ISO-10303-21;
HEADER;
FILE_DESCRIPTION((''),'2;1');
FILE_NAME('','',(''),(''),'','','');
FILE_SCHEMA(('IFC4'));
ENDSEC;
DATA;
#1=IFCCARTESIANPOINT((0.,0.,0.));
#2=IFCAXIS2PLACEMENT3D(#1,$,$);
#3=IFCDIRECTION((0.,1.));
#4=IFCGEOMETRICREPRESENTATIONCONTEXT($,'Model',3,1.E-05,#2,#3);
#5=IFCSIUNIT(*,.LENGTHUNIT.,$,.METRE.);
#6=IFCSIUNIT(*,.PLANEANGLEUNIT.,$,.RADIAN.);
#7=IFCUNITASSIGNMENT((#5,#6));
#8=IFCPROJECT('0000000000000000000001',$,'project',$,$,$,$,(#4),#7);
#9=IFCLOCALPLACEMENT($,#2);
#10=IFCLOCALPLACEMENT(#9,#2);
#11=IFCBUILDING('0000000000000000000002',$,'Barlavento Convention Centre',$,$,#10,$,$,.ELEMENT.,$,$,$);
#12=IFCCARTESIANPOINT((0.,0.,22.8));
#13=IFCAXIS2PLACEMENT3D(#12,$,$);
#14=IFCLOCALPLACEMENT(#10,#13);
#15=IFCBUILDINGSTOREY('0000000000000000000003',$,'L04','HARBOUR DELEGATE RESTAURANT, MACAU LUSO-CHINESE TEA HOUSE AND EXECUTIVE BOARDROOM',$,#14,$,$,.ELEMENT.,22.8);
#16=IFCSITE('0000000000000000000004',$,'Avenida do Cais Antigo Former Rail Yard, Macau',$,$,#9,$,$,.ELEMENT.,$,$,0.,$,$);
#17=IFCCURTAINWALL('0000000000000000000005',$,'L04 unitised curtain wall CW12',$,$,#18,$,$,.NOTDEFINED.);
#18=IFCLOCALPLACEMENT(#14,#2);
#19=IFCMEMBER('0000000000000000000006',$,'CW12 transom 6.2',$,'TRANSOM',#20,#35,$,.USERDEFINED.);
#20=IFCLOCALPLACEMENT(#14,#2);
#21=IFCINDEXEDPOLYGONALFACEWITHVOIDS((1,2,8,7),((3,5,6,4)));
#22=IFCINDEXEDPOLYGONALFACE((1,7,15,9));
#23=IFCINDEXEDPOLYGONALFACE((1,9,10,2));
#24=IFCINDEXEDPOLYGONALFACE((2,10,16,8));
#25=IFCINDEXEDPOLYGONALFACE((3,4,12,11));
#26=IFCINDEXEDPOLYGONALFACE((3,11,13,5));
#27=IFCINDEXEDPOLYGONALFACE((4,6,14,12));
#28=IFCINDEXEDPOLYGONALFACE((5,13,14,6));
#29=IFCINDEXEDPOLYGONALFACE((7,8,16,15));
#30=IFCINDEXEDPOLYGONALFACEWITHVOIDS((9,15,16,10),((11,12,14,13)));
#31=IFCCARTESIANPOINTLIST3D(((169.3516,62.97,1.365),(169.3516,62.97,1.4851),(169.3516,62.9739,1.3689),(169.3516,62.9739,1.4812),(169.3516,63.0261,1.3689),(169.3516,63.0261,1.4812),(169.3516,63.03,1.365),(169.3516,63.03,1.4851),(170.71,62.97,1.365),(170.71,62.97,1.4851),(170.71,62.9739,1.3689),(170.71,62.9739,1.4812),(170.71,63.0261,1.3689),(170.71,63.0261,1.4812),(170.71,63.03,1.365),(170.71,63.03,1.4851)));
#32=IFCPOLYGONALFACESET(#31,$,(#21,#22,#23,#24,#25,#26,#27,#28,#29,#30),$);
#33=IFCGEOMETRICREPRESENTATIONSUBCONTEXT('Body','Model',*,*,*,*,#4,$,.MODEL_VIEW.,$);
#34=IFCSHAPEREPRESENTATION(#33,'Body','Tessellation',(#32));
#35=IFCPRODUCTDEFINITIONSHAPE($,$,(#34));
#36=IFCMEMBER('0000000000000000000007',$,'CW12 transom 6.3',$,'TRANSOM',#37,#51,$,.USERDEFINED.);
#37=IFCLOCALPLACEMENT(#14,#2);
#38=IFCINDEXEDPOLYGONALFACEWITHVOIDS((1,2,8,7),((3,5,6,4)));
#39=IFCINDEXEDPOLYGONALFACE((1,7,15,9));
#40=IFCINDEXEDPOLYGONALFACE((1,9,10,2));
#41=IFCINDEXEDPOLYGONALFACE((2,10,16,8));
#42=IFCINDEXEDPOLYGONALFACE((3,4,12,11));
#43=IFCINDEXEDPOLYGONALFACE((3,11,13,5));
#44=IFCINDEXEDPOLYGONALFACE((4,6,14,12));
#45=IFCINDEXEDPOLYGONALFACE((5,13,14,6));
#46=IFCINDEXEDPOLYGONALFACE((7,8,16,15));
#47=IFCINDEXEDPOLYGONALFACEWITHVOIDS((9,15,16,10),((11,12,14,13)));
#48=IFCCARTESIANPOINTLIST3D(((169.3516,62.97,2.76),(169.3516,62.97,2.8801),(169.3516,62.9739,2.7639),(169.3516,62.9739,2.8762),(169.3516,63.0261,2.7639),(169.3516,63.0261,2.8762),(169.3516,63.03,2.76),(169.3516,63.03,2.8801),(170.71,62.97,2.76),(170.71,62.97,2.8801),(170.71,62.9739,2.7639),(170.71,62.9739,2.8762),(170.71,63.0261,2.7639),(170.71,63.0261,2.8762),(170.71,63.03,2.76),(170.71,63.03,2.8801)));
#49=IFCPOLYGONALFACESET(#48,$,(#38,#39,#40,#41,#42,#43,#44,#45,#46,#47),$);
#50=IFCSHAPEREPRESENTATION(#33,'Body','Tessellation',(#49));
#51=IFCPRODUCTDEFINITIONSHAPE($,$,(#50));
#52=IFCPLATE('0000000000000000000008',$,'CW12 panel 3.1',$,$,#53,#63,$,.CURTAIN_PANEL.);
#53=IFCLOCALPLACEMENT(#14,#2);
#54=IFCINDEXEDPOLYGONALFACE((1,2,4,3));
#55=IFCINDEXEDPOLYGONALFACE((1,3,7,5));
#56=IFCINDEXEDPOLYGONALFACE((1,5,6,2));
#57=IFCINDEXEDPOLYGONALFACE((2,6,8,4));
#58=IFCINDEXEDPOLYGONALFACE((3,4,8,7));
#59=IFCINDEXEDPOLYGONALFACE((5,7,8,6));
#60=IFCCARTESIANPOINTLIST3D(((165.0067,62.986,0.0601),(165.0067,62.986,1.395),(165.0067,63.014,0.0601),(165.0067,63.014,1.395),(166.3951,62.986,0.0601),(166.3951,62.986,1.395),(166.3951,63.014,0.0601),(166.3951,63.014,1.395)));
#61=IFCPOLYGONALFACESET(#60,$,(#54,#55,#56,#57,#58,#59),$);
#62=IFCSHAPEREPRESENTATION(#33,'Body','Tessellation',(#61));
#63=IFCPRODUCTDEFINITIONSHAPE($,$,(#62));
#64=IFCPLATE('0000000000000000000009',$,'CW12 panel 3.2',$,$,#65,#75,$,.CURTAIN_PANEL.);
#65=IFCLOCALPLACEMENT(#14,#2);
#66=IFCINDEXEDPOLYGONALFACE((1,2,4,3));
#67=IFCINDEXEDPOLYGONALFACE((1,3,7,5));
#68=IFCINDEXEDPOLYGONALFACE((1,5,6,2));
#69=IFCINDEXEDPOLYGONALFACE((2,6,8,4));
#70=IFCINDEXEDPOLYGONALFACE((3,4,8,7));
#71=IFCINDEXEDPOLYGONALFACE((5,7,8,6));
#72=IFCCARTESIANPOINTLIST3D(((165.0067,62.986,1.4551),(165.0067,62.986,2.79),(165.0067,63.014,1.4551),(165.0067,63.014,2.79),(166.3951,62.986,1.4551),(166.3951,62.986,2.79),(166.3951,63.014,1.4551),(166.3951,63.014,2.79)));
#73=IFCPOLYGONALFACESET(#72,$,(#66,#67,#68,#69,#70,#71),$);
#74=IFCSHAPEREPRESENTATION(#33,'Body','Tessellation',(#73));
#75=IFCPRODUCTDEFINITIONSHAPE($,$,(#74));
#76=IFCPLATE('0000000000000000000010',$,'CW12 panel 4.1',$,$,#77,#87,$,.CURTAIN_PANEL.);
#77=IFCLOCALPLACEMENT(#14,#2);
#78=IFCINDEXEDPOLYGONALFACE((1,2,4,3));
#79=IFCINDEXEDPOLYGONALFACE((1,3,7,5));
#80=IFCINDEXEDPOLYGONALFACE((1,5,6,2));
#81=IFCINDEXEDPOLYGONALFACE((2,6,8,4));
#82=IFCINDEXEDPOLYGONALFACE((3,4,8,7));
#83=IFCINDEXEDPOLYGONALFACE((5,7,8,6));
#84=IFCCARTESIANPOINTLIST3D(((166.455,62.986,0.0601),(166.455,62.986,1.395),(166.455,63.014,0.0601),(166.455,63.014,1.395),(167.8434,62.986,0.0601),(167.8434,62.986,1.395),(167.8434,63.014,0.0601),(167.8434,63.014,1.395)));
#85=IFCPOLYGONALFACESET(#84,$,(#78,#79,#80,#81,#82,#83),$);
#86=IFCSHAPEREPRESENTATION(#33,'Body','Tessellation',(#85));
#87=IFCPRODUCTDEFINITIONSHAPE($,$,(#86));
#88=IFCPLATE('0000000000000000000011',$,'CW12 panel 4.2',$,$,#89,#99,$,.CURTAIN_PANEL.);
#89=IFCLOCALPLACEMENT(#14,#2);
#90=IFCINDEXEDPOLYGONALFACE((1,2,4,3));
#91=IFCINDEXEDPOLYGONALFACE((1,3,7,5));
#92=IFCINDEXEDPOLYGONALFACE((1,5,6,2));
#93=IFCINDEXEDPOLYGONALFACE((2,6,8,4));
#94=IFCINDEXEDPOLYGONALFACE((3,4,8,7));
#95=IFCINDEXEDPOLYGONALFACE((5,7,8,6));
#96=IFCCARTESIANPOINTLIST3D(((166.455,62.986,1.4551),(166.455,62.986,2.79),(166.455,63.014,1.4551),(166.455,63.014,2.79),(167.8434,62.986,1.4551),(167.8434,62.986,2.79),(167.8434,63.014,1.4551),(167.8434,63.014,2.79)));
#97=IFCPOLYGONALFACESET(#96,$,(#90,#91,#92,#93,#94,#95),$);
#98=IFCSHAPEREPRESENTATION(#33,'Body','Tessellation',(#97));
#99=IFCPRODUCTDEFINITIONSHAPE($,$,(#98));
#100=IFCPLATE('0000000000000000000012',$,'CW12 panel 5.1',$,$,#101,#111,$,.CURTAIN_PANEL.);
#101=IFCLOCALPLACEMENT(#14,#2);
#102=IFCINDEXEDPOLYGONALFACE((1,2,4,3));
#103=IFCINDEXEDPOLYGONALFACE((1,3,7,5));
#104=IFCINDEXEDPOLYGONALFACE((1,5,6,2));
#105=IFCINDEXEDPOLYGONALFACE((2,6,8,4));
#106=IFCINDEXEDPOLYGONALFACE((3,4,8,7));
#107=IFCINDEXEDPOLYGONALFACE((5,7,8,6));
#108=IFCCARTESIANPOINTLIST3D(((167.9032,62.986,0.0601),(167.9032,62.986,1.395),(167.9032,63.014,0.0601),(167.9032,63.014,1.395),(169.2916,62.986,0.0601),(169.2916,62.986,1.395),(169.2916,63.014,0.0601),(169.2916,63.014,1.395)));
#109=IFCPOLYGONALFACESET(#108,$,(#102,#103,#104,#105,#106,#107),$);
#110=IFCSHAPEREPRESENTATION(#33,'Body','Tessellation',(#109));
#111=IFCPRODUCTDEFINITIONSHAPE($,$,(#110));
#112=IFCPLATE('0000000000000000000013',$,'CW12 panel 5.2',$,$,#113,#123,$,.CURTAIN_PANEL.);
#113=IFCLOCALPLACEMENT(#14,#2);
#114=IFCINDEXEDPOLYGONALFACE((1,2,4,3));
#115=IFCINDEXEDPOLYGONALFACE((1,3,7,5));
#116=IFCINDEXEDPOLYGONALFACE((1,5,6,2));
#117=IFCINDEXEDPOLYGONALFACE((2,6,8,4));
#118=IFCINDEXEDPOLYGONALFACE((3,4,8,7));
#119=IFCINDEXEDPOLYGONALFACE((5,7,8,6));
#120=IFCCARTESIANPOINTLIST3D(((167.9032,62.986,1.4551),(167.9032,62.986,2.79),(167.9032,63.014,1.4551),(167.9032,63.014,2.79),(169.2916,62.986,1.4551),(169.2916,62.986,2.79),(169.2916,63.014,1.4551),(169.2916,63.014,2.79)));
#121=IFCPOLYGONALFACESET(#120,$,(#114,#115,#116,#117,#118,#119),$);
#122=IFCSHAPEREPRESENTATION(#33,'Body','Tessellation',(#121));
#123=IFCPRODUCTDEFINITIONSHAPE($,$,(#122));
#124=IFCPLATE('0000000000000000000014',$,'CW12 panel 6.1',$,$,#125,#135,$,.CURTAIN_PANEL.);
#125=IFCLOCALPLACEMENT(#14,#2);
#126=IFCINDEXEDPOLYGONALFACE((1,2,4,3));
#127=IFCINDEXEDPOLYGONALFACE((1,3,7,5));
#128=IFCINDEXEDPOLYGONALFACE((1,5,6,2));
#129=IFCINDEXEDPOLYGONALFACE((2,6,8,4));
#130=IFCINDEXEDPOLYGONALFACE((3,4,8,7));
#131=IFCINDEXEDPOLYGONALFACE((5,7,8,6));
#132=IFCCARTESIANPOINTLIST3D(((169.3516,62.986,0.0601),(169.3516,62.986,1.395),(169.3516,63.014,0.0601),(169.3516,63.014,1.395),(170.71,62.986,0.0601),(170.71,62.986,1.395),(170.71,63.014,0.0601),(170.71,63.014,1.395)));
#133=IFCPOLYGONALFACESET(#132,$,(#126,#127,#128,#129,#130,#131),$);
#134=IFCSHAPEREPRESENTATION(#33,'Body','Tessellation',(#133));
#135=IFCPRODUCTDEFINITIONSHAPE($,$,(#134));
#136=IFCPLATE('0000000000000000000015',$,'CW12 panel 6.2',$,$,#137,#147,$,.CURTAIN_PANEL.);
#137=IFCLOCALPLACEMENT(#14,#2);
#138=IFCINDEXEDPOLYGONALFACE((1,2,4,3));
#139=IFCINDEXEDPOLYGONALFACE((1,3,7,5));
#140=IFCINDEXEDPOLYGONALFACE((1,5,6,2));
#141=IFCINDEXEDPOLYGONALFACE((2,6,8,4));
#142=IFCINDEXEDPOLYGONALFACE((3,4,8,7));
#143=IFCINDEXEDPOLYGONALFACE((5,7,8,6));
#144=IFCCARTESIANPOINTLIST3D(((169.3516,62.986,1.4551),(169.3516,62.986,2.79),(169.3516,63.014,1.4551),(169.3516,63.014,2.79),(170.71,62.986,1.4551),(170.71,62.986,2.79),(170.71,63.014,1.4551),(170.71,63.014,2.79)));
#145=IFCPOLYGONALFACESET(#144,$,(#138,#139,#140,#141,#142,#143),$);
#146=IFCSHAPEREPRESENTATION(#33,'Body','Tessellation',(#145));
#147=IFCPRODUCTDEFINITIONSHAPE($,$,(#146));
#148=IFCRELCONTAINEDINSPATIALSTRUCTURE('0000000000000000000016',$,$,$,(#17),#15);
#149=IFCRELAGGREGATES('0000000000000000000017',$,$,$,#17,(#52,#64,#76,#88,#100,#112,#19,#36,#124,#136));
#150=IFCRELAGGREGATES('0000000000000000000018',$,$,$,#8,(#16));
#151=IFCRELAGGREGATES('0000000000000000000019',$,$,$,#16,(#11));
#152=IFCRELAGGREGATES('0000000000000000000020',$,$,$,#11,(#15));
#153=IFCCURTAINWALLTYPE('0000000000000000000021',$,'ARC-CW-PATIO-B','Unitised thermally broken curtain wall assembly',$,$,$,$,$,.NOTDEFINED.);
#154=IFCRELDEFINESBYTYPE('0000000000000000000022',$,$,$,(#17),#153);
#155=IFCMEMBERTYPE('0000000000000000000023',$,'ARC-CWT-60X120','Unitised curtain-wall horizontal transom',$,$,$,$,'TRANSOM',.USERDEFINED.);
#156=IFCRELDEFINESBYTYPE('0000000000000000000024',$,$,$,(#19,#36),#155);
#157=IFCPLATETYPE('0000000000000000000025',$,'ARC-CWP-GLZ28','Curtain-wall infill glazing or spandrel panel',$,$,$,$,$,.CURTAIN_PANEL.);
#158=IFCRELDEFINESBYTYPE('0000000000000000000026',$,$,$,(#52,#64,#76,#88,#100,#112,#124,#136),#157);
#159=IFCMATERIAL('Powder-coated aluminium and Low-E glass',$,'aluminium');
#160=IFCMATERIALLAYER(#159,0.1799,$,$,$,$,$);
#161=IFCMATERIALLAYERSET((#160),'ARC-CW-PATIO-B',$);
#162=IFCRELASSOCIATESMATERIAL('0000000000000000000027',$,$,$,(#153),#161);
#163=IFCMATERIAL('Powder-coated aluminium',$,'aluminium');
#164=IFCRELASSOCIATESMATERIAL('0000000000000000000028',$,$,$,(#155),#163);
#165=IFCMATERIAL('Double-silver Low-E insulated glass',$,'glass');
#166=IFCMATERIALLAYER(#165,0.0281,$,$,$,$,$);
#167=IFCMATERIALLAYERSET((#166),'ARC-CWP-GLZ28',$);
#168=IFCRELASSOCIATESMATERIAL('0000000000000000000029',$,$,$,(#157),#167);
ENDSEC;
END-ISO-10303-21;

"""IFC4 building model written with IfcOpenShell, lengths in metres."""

from ifc_helpers import new_model, si_unit, direction, frame, origin, origin_2d, place, context, subcontext, project, spatial, rectangle, hollow_rectangle, extrude, material, layer, layer_set, material_profile, profile_set, type_object, element, aggregate, save


model = new_model("IFC4")

# Units and contexts
model_context = context("Model", 3, precision=1e-05, world=origin(), true_north=direction((0.0, 1.0)))
body_context = subcontext(model_context, "Body", "Model", "MODEL_VIEW")
ifc_project = project(units=[si_unit("LENGTHUNIT", "METRE"), si_unit("PLANEANGLEUNIT", "RADIAN")], contexts=[model_context])

# Site, building, storey
site_placement = place(None, origin())
site = spatial("IfcSite", under=ifc_project, at=site_placement, Name="Avenida do Cais Antigo Former Rail Yard, Macau", CompositionType="ELEMENT", RefElevation=0.0)
building_placement = place(site_placement, origin())
building = spatial("IfcBuilding", under=site, at=building_placement, Name="Barlavento Convention Centre", CompositionType="ELEMENT")
storey_placement = place(building_placement, frame((0.0, 0.0, 22.8)))
storey = spatial("IfcBuildingStorey", under=building, at=storey_placement, Name="L04", Description="HARBOUR DELEGATE RESTAURANT, MACAU LUSO-CHINESE TEA HOUSE AND EXECUTIVE BOARDROOM", CompositionType="ELEMENT", Elevation=22.8)

# Curtain wall, members, plates
ifc_material_1 = material(Name="Powder-coated aluminium and Low-E glass", Category="aluminium")
ifc_layer_1 = layer(ifc_material_1, 0.1799)
ifc_layer_set_1 = layer_set([ifc_layer_1], Name="ARC-CW-PATIO-B")
curtain_wall_type = type_object("IfcCurtainWallType", Name="ARC-CW-PATIO-B", Description="Unitised thermally broken curtain wall assembly", PredefinedType="NOTDEFINED", material=ifc_layer_set_1)
curtain_wall_placement = place(storey_placement, origin())
curtain_wall = element("IfcCurtainWall", 1, at=curtain_wall_placement, inside=storey, type_object=curtain_wall_type, Name="L04 unitised curtain wall CW12", PredefinedType="NOTDEFINED")
ifc_material_2 = material(Name="Powder-coated aluminium", Category="aluminium")
ifc_material_profile_1 = material_profile(ifc_material_2, hollow_rectangle(XDim=0.0601, YDim=0.1201, WallThickness=0.0039, at=origin_2d()), Name="AL-TRAN 60x120x4")
ifc_profile_set_1 = profile_set([ifc_material_profile_1], Name="Powder-coated aluminium")
member_type_1 = type_object("IfcMemberType", Name="ARC-CWT-60X120", Description="Unitised curtain-wall horizontal transom", ElementType="TRANSOM", PredefinedType="USERDEFINED", material=ifc_profile_set_1)
member_1_placement = place(storey_placement, frame((169.3516, 63.0, 1.425), z_axis=(1.0, 0.0, 0.0), x_axis=(0.0, 1.0, 0.0)))
member_1 = element("IfcMember", 2, at=member_1_placement, type_object=member_type_1, Name="CW12 transom 6.2", ObjectType="TRANSOM", PredefinedType="USERDEFINED", context=body_context, shape_type="SweptSolid", body=[
    extrude(hollow_rectangle(XDim=0.0601, YDim=0.1201, WallThickness=0.0039, at=origin_2d()), origin(), (0.0, 0.0, 1.0), 1.3584),
])
member_2_placement = place(storey_placement, frame((169.3516, 63.0, 2.8201), z_axis=(1.0, 0.0, 0.0), x_axis=(0.0, 1.0, 0.0)))
member_2 = element("IfcMember", 3, at=member_2_placement, type_object=member_type_1, Name="CW12 transom 6.3", ObjectType="TRANSOM", PredefinedType="USERDEFINED", context=body_context, shape_type="SweptSolid", body=[
    extrude(hollow_rectangle(XDim=0.0601, YDim=0.1201, WallThickness=0.0039, at=origin_2d()), origin(), (0.0, 0.0, 1.0), 1.3584),
])
ifc_material_3 = material(Name="Double-silver Low-E insulated glass", Category="glass")
ifc_layer_2 = layer(ifc_material_3, 0.0281)
ifc_layer_set_2 = layer_set([ifc_layer_2], Name="ARC-CWP-GLZ28")
plate_type = type_object("IfcPlateType", Name="ARC-CWP-GLZ28", Description="Curtain-wall infill glazing or spandrel panel", PredefinedType="CURTAIN_PANEL", material=ifc_layer_set_2)
plate_1_placement = place(storey_placement, frame((165.7009, 63.0, 0.0601), z_axis=(0.0, 0.0, 1.0), x_axis=(1.0, 0.0, 0.0)))
plate_1 = element("IfcPlate", 4, at=plate_1_placement, type_object=plate_type, Name="CW12 panel 3.1", PredefinedType="CURTAIN_PANEL", context=body_context, shape_type="SweptSolid", body=[
    extrude(rectangle(XDim=1.3884, YDim=0.0281, at=origin_2d()), origin(), (0.0, 0.0, 1.0), 1.335),
])
plate_2_placement = place(storey_placement, frame((165.7009, 63.0, 1.4551), z_axis=(0.0, 0.0, 1.0), x_axis=(1.0, 0.0, 0.0)))
plate_2 = element("IfcPlate", 5, at=plate_2_placement, type_object=plate_type, Name="CW12 panel 3.2", PredefinedType="CURTAIN_PANEL", context=body_context, shape_type="SweptSolid", body=[
    extrude(rectangle(XDim=1.3884, YDim=0.0281, at=origin_2d()), origin(), (0.0, 0.0, 1.0), 1.335),
])
plate_3_placement = place(storey_placement, frame((167.1492, 63.0, 0.0601), z_axis=(0.0, 0.0, 1.0), x_axis=(1.0, 0.0, 0.0)))
plate_3 = element("IfcPlate", 6, at=plate_3_placement, type_object=plate_type, Name="CW12 panel 4.1", PredefinedType="CURTAIN_PANEL", context=body_context, shape_type="SweptSolid", body=[
    extrude(rectangle(XDim=1.3884, YDim=0.0281, at=origin_2d()), origin(), (0.0, 0.0, 1.0), 1.335),
])
plate_4_placement = place(storey_placement, frame((167.1492, 63.0, 1.4551), z_axis=(0.0, 0.0, 1.0), x_axis=(1.0, 0.0, 0.0)))
plate_4 = element("IfcPlate", 7, at=plate_4_placement, type_object=plate_type, Name="CW12 panel 4.2", PredefinedType="CURTAIN_PANEL", context=body_context, shape_type="SweptSolid", body=[
    extrude(rectangle(XDim=1.3884, YDim=0.0281, at=origin_2d()), origin(), (0.0, 0.0, 1.0), 1.335),
])
plate_5_placement = place(storey_placement, frame((168.5974, 63.0, 0.0601), z_axis=(0.0, 0.0, 1.0), x_axis=(1.0, 0.0, 0.0)))
plate_5 = element("IfcPlate", 8, at=plate_5_placement, type_object=plate_type, Name="CW12 panel 5.1", PredefinedType="CURTAIN_PANEL", context=body_context, shape_type="SweptSolid", body=[
    extrude(rectangle(XDim=1.3884, YDim=0.0281, at=origin_2d()), origin(), (0.0, 0.0, 1.0), 1.335),
])
plate_6_placement = place(storey_placement, frame((168.5974, 63.0, 1.4551), z_axis=(0.0, 0.0, 1.0), x_axis=(1.0, 0.0, 0.0)))
plate_6 = element("IfcPlate", 9, at=plate_6_placement, type_object=plate_type, Name="CW12 panel 5.2", PredefinedType="CURTAIN_PANEL", context=body_context, shape_type="SweptSolid", body=[
    extrude(rectangle(XDim=1.3884, YDim=0.0281, at=origin_2d()), origin(), (0.0, 0.0, 1.0), 1.335),
])
plate_7_placement = place(storey_placement, frame((170.0308, 63.0, 0.0601), z_axis=(0.0, 0.0, 1.0), x_axis=(1.0, 0.0, 0.0)))
plate_7 = element("IfcPlate", 10, at=plate_7_placement, type_object=plate_type, Name="CW12 panel 6.1", PredefinedType="CURTAIN_PANEL", context=body_context, shape_type="SweptSolid", body=[
    extrude(rectangle(XDim=1.3584, YDim=0.0281, at=origin_2d()), origin(), (0.0, 0.0, 1.0), 1.335),
])
plate_8_placement = place(storey_placement, frame((170.0308, 63.0, 1.4551), z_axis=(0.0, 0.0, 1.0), x_axis=(1.0, 0.0, 0.0)))
plate_8 = element("IfcPlate", 11, at=plate_8_placement, type_object=plate_type, Name="CW12 panel 6.2", PredefinedType="CURTAIN_PANEL", context=body_context, shape_type="SweptSolid", body=[
    extrude(rectangle(XDim=1.3584, YDim=0.0281, at=origin_2d()), origin(), (0.0, 0.0, 1.0), 1.335),
])
aggregate(curtain_wall, [plate_1, plate_2, plate_3, plate_4, plate_5, plate_6, member_1, member_2, plate_7, plate_8])

save(model, "model.ifc")
